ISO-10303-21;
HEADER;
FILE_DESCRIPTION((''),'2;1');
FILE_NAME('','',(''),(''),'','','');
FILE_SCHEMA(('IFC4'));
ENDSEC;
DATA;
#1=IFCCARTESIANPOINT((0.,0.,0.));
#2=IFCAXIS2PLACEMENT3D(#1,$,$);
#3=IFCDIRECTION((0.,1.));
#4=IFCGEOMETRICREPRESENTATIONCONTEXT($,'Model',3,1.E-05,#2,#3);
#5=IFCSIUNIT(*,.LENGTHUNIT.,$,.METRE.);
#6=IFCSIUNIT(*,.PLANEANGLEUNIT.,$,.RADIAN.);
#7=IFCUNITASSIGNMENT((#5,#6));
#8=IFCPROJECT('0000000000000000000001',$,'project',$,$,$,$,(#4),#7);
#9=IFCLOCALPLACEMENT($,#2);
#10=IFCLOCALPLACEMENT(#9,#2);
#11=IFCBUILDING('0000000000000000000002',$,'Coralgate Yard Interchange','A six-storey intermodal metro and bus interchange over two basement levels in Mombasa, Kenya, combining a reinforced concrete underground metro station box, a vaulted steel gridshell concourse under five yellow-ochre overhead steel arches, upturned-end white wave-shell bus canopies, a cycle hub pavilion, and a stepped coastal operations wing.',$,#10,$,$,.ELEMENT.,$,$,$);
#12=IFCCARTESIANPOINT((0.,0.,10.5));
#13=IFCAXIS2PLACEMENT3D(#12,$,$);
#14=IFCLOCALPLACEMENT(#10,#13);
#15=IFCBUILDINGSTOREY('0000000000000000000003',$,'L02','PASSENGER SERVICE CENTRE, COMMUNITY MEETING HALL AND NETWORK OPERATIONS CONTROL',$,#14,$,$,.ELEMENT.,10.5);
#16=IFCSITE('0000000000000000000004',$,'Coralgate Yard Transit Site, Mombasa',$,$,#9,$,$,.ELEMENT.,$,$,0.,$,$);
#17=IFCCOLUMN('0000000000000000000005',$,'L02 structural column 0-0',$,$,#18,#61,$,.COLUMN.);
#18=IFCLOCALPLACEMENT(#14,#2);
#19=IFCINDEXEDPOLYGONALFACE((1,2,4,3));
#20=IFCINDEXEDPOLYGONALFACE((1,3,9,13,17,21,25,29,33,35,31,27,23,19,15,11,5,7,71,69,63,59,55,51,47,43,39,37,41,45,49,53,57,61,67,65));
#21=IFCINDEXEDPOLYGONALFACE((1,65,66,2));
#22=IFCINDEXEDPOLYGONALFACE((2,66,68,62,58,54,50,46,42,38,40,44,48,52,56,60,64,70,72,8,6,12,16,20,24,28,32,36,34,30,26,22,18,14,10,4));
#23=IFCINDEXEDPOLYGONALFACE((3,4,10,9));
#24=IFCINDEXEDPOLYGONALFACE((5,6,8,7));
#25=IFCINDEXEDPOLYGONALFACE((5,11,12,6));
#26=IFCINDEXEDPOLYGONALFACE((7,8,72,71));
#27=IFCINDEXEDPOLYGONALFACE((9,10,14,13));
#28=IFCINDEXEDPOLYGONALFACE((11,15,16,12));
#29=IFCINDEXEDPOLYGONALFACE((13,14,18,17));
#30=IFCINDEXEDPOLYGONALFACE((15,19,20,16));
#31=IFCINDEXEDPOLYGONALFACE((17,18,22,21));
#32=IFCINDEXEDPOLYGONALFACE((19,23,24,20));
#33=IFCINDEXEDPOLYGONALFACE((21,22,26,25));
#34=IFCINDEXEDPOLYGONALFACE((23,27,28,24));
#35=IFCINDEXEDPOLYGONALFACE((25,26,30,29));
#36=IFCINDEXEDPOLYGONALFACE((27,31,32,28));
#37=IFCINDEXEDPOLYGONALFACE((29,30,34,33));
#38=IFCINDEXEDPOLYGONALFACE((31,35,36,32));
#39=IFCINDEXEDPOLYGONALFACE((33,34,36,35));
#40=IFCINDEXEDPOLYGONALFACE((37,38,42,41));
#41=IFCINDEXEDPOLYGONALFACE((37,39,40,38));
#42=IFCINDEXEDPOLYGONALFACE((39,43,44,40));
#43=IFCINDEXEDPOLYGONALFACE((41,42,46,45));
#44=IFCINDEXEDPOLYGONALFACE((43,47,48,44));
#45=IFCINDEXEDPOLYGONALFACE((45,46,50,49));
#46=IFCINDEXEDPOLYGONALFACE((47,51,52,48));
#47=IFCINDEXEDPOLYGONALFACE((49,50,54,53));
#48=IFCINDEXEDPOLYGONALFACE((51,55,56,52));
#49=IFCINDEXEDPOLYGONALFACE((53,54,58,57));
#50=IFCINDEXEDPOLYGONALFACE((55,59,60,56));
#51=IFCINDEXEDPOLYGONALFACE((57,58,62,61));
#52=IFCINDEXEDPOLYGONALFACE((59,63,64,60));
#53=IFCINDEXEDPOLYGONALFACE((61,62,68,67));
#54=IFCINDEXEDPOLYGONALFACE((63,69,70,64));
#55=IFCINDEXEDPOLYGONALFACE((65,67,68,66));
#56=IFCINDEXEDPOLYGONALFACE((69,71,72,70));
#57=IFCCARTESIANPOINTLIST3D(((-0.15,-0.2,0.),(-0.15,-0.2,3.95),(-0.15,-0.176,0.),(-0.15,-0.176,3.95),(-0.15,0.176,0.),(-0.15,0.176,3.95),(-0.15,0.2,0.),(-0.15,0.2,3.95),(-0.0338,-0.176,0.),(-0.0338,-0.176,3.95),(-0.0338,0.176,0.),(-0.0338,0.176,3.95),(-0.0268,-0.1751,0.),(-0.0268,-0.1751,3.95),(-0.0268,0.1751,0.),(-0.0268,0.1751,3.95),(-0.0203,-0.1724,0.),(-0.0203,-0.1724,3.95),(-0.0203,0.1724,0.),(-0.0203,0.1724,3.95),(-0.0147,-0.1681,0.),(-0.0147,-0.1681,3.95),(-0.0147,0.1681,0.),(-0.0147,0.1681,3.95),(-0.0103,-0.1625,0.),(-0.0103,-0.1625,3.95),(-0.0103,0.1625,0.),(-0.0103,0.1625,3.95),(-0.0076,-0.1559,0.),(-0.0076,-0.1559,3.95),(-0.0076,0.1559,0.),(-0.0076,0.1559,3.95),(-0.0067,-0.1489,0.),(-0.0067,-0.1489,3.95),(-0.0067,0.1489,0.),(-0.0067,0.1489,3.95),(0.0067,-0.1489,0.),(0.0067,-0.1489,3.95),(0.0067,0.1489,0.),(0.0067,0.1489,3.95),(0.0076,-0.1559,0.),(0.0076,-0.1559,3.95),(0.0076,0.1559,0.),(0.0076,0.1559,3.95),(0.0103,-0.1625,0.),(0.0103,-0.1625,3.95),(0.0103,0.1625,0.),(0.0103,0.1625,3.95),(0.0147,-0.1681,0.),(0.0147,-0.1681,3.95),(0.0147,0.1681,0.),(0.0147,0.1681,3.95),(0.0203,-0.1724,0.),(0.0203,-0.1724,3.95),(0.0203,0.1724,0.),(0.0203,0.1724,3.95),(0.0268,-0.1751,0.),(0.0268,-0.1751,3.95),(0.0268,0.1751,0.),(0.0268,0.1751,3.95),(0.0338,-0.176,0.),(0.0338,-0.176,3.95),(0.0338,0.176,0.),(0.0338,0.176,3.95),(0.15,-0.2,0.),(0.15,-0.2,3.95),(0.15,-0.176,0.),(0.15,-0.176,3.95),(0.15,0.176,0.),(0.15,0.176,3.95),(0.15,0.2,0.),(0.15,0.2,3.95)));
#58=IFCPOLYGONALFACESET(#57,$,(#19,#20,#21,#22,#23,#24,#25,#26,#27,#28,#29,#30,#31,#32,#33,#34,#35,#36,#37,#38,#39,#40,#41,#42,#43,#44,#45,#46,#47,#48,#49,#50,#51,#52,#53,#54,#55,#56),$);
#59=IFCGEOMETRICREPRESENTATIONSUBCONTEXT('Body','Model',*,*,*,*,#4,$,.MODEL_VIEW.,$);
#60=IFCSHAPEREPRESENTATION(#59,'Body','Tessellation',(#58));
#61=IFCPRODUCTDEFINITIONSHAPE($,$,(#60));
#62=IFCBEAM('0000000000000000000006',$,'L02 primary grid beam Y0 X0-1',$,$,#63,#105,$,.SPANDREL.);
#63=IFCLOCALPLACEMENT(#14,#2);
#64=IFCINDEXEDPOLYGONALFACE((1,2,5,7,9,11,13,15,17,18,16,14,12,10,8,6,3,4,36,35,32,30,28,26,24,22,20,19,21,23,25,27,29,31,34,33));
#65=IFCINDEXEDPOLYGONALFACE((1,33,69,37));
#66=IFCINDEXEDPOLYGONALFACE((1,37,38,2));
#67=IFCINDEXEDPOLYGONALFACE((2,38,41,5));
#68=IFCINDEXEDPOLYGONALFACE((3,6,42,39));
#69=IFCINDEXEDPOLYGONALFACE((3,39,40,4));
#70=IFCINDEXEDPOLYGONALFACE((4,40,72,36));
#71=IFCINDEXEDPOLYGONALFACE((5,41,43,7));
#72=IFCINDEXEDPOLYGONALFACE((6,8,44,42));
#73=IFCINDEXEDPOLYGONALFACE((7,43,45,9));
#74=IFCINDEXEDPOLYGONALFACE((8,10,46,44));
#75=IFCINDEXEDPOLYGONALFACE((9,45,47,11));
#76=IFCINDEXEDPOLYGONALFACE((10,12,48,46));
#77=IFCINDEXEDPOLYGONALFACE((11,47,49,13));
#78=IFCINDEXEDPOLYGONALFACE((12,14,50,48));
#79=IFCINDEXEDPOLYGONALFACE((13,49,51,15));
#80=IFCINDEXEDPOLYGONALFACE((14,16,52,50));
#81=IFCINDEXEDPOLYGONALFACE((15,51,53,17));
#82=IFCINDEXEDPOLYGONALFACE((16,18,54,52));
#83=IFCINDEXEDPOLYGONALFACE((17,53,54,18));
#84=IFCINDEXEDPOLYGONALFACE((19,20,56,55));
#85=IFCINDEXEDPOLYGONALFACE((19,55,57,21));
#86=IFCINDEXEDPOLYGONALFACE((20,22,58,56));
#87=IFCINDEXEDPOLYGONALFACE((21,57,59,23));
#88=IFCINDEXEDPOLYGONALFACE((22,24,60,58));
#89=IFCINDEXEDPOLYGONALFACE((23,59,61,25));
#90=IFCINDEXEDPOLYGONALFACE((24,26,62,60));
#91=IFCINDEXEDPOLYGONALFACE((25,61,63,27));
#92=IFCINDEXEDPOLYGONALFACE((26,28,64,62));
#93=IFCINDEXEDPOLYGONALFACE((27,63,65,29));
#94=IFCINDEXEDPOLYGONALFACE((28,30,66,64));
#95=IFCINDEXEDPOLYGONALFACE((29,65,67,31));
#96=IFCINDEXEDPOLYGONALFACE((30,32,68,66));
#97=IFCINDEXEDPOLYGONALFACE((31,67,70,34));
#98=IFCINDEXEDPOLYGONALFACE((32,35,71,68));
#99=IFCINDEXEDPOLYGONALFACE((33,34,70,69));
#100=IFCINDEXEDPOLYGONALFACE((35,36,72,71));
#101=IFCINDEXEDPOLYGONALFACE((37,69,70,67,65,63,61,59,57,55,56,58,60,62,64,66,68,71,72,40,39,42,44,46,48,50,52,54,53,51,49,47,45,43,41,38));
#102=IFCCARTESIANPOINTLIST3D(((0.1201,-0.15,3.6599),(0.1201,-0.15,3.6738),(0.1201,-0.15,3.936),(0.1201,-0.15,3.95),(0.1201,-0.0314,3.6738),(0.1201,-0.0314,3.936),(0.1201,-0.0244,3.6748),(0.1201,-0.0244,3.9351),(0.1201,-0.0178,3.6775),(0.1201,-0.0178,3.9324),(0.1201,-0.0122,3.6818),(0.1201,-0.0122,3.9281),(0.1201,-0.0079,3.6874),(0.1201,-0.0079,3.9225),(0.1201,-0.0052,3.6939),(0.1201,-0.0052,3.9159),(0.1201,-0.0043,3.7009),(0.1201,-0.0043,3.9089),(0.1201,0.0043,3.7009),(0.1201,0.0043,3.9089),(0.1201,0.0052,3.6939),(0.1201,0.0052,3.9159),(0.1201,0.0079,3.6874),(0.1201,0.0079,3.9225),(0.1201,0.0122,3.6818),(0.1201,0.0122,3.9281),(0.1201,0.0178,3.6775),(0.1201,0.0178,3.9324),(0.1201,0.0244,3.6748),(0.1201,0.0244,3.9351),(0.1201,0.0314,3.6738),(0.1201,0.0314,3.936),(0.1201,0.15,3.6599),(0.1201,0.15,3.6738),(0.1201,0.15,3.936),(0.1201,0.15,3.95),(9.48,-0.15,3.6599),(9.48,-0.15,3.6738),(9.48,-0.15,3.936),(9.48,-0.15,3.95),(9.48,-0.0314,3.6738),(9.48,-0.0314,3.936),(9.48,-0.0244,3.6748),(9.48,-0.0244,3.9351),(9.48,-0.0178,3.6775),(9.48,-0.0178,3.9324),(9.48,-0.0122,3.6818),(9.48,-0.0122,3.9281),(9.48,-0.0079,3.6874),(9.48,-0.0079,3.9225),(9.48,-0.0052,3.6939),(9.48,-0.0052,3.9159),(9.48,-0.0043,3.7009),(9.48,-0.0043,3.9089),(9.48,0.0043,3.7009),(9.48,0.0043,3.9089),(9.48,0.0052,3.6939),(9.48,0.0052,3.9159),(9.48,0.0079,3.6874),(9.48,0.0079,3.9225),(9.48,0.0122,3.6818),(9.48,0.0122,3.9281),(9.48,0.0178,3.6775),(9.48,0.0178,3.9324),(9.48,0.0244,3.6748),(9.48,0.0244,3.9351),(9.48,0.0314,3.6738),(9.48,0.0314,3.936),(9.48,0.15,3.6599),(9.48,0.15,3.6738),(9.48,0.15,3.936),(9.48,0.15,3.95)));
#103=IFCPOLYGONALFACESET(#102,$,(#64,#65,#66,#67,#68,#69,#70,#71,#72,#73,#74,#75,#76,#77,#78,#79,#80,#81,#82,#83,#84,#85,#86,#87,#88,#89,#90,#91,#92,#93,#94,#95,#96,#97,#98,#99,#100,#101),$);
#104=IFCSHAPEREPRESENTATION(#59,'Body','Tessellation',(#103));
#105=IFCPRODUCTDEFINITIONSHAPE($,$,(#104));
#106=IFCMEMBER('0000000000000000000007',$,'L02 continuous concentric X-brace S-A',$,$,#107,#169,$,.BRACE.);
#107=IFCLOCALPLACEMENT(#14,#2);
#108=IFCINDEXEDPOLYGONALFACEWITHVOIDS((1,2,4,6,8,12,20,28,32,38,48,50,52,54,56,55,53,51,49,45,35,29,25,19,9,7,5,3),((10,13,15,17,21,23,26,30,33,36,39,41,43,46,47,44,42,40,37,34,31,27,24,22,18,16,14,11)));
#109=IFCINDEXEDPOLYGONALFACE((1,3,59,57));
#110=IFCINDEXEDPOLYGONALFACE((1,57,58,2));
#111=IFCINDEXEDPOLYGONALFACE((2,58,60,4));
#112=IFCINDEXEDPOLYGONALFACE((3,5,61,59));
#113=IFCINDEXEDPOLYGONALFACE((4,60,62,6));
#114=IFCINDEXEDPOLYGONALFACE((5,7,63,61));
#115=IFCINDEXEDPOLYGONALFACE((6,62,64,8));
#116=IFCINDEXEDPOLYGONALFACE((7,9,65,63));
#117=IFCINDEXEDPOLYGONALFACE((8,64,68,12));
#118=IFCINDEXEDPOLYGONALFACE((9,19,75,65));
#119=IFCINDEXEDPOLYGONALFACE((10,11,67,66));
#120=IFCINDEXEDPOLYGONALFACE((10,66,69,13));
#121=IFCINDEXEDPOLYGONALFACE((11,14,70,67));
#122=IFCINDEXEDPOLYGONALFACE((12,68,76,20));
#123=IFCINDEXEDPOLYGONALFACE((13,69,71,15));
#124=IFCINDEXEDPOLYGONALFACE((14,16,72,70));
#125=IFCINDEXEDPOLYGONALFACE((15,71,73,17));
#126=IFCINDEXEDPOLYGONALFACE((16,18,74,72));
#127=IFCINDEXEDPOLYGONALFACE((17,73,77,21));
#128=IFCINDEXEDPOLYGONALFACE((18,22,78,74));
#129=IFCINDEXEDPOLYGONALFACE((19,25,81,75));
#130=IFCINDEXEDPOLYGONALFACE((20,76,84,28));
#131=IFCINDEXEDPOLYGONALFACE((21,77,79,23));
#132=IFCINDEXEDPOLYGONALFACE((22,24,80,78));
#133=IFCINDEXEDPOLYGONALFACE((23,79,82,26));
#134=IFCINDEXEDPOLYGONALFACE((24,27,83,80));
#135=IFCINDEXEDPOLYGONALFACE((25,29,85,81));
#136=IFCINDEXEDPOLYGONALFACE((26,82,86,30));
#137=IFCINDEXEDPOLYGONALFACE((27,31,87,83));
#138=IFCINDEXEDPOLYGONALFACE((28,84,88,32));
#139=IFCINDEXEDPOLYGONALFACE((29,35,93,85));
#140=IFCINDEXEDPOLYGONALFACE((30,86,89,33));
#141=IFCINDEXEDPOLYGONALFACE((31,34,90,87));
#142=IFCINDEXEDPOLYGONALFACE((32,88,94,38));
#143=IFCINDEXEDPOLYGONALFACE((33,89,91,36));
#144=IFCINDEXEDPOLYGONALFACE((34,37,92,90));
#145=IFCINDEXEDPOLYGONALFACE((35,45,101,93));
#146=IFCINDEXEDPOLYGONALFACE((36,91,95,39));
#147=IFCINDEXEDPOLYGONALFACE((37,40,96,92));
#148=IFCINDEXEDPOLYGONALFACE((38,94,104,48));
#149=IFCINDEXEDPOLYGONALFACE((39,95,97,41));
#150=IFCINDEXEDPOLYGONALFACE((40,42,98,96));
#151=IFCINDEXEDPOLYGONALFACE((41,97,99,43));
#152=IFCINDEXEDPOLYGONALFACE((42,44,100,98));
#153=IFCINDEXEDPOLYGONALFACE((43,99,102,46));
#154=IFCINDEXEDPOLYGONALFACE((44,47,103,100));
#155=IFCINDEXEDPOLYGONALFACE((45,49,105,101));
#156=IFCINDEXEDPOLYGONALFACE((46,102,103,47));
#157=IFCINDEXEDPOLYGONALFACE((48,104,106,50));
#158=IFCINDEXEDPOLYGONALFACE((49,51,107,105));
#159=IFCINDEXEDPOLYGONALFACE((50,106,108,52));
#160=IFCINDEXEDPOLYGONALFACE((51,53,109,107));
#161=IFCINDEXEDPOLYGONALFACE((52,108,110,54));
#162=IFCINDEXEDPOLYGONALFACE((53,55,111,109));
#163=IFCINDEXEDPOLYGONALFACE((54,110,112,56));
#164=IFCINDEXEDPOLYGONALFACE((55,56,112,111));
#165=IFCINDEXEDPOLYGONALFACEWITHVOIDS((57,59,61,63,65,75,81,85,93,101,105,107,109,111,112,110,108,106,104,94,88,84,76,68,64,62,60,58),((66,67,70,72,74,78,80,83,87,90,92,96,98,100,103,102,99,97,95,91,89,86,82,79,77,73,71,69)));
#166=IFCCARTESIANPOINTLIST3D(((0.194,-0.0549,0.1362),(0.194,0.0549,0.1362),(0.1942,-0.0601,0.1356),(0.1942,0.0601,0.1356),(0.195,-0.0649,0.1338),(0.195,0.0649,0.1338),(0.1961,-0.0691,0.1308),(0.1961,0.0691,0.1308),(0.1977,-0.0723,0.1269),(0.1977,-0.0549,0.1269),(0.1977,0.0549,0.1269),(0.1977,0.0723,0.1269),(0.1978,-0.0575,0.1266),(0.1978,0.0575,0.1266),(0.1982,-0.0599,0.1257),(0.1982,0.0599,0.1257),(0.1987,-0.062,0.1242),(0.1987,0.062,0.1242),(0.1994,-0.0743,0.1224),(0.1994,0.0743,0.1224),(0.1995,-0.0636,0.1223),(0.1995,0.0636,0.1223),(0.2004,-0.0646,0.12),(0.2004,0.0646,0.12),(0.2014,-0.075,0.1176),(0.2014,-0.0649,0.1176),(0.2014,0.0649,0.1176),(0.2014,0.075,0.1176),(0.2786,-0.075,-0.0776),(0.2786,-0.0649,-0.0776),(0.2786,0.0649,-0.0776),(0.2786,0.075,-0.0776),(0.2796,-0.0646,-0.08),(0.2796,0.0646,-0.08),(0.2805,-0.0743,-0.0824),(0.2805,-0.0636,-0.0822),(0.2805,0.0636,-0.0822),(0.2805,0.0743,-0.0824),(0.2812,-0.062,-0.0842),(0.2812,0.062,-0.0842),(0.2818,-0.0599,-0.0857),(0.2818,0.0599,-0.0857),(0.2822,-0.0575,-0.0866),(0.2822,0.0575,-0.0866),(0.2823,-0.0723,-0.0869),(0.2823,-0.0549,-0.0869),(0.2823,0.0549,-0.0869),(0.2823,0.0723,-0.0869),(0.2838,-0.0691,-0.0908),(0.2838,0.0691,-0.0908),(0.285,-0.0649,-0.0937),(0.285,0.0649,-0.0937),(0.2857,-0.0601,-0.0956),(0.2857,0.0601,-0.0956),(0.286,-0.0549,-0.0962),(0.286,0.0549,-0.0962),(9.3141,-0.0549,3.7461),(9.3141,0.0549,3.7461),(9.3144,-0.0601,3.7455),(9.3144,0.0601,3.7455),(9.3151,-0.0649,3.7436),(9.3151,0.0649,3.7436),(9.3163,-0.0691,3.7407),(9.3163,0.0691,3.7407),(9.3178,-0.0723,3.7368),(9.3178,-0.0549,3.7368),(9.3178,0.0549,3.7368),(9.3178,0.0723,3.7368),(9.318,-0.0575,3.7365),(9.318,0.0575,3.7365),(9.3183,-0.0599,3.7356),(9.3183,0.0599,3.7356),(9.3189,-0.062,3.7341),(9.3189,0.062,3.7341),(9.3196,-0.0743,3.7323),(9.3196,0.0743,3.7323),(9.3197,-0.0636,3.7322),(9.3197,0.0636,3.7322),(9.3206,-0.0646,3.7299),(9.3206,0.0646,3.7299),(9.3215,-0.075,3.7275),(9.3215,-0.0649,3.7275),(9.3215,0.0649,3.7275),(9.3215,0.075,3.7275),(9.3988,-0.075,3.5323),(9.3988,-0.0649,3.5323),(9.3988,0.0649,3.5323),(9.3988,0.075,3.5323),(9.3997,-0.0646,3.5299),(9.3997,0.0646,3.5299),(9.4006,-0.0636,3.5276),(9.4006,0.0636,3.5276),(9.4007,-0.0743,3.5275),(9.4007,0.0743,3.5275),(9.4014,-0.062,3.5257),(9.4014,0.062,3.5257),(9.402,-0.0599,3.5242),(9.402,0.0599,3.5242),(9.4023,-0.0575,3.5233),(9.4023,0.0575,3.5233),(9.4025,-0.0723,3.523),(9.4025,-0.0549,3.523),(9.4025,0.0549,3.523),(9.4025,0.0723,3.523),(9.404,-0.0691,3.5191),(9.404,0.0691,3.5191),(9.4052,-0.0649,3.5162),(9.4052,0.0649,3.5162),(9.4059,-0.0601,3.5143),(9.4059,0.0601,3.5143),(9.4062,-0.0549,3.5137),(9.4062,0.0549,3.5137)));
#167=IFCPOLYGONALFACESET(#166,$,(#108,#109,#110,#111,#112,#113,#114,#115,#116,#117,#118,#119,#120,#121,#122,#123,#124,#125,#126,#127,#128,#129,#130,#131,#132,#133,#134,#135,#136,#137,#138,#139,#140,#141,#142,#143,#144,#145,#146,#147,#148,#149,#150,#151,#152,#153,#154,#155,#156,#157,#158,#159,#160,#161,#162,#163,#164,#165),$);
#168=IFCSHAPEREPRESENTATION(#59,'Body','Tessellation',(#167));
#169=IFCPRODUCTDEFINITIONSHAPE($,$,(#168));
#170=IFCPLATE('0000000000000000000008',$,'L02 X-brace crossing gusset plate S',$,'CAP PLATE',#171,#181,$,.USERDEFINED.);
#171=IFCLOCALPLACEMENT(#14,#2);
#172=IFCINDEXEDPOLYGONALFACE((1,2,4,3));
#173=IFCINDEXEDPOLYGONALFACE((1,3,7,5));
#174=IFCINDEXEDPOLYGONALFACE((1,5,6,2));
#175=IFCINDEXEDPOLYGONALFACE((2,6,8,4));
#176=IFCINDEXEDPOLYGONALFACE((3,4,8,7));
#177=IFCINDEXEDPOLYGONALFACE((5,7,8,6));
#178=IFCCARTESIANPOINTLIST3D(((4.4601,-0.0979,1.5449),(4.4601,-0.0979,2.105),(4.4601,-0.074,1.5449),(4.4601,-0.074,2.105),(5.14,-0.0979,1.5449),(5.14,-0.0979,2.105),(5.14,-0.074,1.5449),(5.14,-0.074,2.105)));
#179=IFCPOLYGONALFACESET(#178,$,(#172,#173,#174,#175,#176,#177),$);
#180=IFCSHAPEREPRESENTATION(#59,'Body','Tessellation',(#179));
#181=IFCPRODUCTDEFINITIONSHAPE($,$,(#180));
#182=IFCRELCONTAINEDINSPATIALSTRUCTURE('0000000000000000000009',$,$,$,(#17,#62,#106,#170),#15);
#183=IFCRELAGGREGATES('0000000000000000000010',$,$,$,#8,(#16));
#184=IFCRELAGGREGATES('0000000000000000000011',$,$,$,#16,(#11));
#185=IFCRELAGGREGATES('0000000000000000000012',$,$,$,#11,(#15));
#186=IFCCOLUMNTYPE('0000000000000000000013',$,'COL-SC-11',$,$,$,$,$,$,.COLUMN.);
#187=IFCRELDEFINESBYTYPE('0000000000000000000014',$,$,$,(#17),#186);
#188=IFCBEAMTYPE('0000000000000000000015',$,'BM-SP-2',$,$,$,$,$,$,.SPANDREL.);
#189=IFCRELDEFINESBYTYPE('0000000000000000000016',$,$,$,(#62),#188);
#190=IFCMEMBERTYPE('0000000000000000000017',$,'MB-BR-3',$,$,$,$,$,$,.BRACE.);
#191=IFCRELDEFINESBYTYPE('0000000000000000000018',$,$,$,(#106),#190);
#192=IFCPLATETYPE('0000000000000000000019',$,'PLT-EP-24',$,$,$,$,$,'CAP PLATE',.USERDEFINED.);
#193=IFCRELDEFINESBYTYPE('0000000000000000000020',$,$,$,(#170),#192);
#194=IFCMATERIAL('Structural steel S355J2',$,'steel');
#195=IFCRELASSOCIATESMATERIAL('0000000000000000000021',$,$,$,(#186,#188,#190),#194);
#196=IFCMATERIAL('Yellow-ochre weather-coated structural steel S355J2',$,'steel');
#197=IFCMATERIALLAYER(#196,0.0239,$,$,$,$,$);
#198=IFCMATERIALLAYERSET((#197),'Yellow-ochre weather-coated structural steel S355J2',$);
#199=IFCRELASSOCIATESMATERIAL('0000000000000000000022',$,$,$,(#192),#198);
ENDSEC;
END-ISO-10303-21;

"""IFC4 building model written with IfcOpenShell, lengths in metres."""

from ifc_helpers import new_model, si_unit, direction, frame, origin, origin_with_axes, origin_2d, place, context, subcontext, project, spatial, rectangle, hollow_rectangle, i_section, extrude, material, layer, layer_set, material_profile, profile_set, type_object, element, save


model = new_model("IFC4")

# Units and contexts
model_context = context("Model", 3, precision=1e-05, world=origin(), true_north=direction((0.0, 1.0)))
body_context = subcontext(model_context, "Body", "Model", "MODEL_VIEW")
ifc_project = project(units=[si_unit("LENGTHUNIT", "METRE"), si_unit("PLANEANGLEUNIT", "RADIAN")], contexts=[model_context])

# Site, building, storey
site_placement = place(None, origin())
site = spatial("IfcSite", under=ifc_project, at=site_placement, Name="Coralgate Yard Transit Site, Mombasa", CompositionType="ELEMENT", RefElevation=0.0)
building_placement = place(site_placement, origin())
building = spatial("IfcBuilding", under=site, at=building_placement, Name="Coralgate Yard Interchange", Description="A six-storey intermodal metro and bus interchange over two basement levels in Mombasa, Kenya, combining a reinforced concrete underground metro station box, a vaulted steel gridshell concourse under five yellow-ochre overhead steel arches, upturned-end white wave-shell bus canopies, a cycle hub pavilion, and a stepped coastal operations wing.", CompositionType="ELEMENT")
storey_placement = place(building_placement, frame((0.0, 0.0, 10.5)))
storey = spatial("IfcBuildingStorey", under=building, at=storey_placement, Name="L02", Description="PASSENGER SERVICE CENTRE, COMMUNITY MEETING HALL AND NETWORK OPERATIONS CONTROL", CompositionType="ELEMENT", Elevation=10.5)

# Column
ifc_material_1 = material(Name="Structural steel S355J2", Category="steel")
ifc_material_profile_1 = material_profile(ifc_material_1, i_section(OverallWidth=0.3, OverallDepth=0.3999, WebThickness=0.0134, FlangeThickness=0.0239, FilletRadius=0.0271, at=origin_2d()), Name="HEB 400")
ifc_profile_set_1 = profile_set([ifc_material_profile_1], Name="Structural steel S355J2")
column_type = type_object("IfcColumnType", Name="COL-SC-11", PredefinedType="COLUMN", material=ifc_profile_set_1)
column_placement = place(storey_placement, origin_with_axes())
element("IfcColumn", 1, at=column_placement, inside=storey, type_object=column_type, Name="L02 structural column 0-0", PredefinedType="COLUMN", context=body_context, shape_type="SweptSolid", body=[
    extrude(i_section(OverallWidth=0.3, OverallDepth=0.3999, WebThickness=0.0134, FlangeThickness=0.0239, FilletRadius=0.0271, at=origin_2d()), origin(), (0.0, 0.0, 1.0), 3.95),
])

# Beam
ifc_material_profile_2 = material_profile(ifc_material_1, i_section(OverallWidth=0.3, OverallDepth=0.29, WebThickness=0.0085, FlangeThickness=0.0139, FilletRadius=0.0271, at=origin_2d()), Name="HEA 300")
ifc_profile_set_2 = profile_set([ifc_material_profile_2], Name="Structural steel S355J2")
beam_type = type_object("IfcBeamType", Name="BM-SP-2", PredefinedType="SPANDREL", material=ifc_profile_set_2)
beam_placement = place(storey_placement, frame((0.1201, 0.0, 3.8049), z_axis=(1.0, 0.0, 0.0), x_axis=(0.0, 1.0, 0.0)))
element("IfcBeam", 2, at=beam_placement, inside=storey, type_object=beam_type, Name="L02 primary grid beam Y0 X0-1", PredefinedType="SPANDREL", context=body_context, shape_type="SweptSolid", body=[
    extrude(i_section(OverallWidth=0.3, OverallDepth=0.29, WebThickness=0.0085, FlangeThickness=0.0139, FilletRadius=0.0271, at=origin_2d()), origin(), (0.0, 0.0, 1.0), 9.3599),
])

# Member
ifc_material_profile_3 = material_profile(ifc_material_1, hollow_rectangle(XDim=0.1499, YDim=0.25, WallThickness=0.01, InnerFilletRadius=0.01, OuterFilletRadius=0.02, at=origin_2d()), Name="RHS 250x150x10")
ifc_profile_set_3 = profile_set([ifc_material_profile_3], Name="Structural steel S355J2")
member_type = type_object("IfcMemberType", Name="MB-BR-3", PredefinedType="BRACE", material=ifc_profile_set_3)
member_placement = place(storey_placement, frame((0.24, 0.0, 0.02), z_axis=(0.929813, 0.0, 0.368032), x_axis=(0.0, 1.0, 0.0)))
element("IfcMember", 3, at=member_placement, inside=storey, type_object=member_type, Name="L02 continuous concentric X-brace S-A", PredefinedType="BRACE", context=body_context, shape_type="SweptSolid", body=[
    extrude(hollow_rectangle(XDim=0.1499, YDim=0.25, WallThickness=0.01, InnerFilletRadius=0.01, OuterFilletRadius=0.02, at=origin_2d()), origin(), (0.0, 0.0, 1.0), 9.8086),
])

# Plate
ifc_material_2 = material(Name="Yellow-ochre weather-coated structural steel S355J2", Category="steel")
ifc_layer_1 = layer(ifc_material_2, 0.0239)
ifc_layer_set_1 = layer_set([ifc_layer_1], Name="Yellow-ochre weather-coated structural steel S355J2")
plate_type = type_object("IfcPlateType", Name="PLT-EP-24", ElementType="CAP PLATE", PredefinedType="USERDEFINED", material=ifc_layer_set_1)
plate_placement = place(storey_placement, frame((4.8, -0.0859, 1.5449), z_axis=(0.0, 0.0, 1.0), x_axis=(1.0, 0.0, 0.0)))
element("IfcPlate", 4, at=plate_placement, inside=storey, type_object=plate_type, Name="L02 X-brace crossing gusset plate S", ObjectType="CAP PLATE", PredefinedType="USERDEFINED", context=body_context, shape_type="SweptSolid", body=[
    extrude(rectangle(XDim=0.6799, YDim=0.0239, at=origin_2d()), origin(), (0.0, 0.0, 1.0), 0.5601),
])

save(model, "model.ifc")
